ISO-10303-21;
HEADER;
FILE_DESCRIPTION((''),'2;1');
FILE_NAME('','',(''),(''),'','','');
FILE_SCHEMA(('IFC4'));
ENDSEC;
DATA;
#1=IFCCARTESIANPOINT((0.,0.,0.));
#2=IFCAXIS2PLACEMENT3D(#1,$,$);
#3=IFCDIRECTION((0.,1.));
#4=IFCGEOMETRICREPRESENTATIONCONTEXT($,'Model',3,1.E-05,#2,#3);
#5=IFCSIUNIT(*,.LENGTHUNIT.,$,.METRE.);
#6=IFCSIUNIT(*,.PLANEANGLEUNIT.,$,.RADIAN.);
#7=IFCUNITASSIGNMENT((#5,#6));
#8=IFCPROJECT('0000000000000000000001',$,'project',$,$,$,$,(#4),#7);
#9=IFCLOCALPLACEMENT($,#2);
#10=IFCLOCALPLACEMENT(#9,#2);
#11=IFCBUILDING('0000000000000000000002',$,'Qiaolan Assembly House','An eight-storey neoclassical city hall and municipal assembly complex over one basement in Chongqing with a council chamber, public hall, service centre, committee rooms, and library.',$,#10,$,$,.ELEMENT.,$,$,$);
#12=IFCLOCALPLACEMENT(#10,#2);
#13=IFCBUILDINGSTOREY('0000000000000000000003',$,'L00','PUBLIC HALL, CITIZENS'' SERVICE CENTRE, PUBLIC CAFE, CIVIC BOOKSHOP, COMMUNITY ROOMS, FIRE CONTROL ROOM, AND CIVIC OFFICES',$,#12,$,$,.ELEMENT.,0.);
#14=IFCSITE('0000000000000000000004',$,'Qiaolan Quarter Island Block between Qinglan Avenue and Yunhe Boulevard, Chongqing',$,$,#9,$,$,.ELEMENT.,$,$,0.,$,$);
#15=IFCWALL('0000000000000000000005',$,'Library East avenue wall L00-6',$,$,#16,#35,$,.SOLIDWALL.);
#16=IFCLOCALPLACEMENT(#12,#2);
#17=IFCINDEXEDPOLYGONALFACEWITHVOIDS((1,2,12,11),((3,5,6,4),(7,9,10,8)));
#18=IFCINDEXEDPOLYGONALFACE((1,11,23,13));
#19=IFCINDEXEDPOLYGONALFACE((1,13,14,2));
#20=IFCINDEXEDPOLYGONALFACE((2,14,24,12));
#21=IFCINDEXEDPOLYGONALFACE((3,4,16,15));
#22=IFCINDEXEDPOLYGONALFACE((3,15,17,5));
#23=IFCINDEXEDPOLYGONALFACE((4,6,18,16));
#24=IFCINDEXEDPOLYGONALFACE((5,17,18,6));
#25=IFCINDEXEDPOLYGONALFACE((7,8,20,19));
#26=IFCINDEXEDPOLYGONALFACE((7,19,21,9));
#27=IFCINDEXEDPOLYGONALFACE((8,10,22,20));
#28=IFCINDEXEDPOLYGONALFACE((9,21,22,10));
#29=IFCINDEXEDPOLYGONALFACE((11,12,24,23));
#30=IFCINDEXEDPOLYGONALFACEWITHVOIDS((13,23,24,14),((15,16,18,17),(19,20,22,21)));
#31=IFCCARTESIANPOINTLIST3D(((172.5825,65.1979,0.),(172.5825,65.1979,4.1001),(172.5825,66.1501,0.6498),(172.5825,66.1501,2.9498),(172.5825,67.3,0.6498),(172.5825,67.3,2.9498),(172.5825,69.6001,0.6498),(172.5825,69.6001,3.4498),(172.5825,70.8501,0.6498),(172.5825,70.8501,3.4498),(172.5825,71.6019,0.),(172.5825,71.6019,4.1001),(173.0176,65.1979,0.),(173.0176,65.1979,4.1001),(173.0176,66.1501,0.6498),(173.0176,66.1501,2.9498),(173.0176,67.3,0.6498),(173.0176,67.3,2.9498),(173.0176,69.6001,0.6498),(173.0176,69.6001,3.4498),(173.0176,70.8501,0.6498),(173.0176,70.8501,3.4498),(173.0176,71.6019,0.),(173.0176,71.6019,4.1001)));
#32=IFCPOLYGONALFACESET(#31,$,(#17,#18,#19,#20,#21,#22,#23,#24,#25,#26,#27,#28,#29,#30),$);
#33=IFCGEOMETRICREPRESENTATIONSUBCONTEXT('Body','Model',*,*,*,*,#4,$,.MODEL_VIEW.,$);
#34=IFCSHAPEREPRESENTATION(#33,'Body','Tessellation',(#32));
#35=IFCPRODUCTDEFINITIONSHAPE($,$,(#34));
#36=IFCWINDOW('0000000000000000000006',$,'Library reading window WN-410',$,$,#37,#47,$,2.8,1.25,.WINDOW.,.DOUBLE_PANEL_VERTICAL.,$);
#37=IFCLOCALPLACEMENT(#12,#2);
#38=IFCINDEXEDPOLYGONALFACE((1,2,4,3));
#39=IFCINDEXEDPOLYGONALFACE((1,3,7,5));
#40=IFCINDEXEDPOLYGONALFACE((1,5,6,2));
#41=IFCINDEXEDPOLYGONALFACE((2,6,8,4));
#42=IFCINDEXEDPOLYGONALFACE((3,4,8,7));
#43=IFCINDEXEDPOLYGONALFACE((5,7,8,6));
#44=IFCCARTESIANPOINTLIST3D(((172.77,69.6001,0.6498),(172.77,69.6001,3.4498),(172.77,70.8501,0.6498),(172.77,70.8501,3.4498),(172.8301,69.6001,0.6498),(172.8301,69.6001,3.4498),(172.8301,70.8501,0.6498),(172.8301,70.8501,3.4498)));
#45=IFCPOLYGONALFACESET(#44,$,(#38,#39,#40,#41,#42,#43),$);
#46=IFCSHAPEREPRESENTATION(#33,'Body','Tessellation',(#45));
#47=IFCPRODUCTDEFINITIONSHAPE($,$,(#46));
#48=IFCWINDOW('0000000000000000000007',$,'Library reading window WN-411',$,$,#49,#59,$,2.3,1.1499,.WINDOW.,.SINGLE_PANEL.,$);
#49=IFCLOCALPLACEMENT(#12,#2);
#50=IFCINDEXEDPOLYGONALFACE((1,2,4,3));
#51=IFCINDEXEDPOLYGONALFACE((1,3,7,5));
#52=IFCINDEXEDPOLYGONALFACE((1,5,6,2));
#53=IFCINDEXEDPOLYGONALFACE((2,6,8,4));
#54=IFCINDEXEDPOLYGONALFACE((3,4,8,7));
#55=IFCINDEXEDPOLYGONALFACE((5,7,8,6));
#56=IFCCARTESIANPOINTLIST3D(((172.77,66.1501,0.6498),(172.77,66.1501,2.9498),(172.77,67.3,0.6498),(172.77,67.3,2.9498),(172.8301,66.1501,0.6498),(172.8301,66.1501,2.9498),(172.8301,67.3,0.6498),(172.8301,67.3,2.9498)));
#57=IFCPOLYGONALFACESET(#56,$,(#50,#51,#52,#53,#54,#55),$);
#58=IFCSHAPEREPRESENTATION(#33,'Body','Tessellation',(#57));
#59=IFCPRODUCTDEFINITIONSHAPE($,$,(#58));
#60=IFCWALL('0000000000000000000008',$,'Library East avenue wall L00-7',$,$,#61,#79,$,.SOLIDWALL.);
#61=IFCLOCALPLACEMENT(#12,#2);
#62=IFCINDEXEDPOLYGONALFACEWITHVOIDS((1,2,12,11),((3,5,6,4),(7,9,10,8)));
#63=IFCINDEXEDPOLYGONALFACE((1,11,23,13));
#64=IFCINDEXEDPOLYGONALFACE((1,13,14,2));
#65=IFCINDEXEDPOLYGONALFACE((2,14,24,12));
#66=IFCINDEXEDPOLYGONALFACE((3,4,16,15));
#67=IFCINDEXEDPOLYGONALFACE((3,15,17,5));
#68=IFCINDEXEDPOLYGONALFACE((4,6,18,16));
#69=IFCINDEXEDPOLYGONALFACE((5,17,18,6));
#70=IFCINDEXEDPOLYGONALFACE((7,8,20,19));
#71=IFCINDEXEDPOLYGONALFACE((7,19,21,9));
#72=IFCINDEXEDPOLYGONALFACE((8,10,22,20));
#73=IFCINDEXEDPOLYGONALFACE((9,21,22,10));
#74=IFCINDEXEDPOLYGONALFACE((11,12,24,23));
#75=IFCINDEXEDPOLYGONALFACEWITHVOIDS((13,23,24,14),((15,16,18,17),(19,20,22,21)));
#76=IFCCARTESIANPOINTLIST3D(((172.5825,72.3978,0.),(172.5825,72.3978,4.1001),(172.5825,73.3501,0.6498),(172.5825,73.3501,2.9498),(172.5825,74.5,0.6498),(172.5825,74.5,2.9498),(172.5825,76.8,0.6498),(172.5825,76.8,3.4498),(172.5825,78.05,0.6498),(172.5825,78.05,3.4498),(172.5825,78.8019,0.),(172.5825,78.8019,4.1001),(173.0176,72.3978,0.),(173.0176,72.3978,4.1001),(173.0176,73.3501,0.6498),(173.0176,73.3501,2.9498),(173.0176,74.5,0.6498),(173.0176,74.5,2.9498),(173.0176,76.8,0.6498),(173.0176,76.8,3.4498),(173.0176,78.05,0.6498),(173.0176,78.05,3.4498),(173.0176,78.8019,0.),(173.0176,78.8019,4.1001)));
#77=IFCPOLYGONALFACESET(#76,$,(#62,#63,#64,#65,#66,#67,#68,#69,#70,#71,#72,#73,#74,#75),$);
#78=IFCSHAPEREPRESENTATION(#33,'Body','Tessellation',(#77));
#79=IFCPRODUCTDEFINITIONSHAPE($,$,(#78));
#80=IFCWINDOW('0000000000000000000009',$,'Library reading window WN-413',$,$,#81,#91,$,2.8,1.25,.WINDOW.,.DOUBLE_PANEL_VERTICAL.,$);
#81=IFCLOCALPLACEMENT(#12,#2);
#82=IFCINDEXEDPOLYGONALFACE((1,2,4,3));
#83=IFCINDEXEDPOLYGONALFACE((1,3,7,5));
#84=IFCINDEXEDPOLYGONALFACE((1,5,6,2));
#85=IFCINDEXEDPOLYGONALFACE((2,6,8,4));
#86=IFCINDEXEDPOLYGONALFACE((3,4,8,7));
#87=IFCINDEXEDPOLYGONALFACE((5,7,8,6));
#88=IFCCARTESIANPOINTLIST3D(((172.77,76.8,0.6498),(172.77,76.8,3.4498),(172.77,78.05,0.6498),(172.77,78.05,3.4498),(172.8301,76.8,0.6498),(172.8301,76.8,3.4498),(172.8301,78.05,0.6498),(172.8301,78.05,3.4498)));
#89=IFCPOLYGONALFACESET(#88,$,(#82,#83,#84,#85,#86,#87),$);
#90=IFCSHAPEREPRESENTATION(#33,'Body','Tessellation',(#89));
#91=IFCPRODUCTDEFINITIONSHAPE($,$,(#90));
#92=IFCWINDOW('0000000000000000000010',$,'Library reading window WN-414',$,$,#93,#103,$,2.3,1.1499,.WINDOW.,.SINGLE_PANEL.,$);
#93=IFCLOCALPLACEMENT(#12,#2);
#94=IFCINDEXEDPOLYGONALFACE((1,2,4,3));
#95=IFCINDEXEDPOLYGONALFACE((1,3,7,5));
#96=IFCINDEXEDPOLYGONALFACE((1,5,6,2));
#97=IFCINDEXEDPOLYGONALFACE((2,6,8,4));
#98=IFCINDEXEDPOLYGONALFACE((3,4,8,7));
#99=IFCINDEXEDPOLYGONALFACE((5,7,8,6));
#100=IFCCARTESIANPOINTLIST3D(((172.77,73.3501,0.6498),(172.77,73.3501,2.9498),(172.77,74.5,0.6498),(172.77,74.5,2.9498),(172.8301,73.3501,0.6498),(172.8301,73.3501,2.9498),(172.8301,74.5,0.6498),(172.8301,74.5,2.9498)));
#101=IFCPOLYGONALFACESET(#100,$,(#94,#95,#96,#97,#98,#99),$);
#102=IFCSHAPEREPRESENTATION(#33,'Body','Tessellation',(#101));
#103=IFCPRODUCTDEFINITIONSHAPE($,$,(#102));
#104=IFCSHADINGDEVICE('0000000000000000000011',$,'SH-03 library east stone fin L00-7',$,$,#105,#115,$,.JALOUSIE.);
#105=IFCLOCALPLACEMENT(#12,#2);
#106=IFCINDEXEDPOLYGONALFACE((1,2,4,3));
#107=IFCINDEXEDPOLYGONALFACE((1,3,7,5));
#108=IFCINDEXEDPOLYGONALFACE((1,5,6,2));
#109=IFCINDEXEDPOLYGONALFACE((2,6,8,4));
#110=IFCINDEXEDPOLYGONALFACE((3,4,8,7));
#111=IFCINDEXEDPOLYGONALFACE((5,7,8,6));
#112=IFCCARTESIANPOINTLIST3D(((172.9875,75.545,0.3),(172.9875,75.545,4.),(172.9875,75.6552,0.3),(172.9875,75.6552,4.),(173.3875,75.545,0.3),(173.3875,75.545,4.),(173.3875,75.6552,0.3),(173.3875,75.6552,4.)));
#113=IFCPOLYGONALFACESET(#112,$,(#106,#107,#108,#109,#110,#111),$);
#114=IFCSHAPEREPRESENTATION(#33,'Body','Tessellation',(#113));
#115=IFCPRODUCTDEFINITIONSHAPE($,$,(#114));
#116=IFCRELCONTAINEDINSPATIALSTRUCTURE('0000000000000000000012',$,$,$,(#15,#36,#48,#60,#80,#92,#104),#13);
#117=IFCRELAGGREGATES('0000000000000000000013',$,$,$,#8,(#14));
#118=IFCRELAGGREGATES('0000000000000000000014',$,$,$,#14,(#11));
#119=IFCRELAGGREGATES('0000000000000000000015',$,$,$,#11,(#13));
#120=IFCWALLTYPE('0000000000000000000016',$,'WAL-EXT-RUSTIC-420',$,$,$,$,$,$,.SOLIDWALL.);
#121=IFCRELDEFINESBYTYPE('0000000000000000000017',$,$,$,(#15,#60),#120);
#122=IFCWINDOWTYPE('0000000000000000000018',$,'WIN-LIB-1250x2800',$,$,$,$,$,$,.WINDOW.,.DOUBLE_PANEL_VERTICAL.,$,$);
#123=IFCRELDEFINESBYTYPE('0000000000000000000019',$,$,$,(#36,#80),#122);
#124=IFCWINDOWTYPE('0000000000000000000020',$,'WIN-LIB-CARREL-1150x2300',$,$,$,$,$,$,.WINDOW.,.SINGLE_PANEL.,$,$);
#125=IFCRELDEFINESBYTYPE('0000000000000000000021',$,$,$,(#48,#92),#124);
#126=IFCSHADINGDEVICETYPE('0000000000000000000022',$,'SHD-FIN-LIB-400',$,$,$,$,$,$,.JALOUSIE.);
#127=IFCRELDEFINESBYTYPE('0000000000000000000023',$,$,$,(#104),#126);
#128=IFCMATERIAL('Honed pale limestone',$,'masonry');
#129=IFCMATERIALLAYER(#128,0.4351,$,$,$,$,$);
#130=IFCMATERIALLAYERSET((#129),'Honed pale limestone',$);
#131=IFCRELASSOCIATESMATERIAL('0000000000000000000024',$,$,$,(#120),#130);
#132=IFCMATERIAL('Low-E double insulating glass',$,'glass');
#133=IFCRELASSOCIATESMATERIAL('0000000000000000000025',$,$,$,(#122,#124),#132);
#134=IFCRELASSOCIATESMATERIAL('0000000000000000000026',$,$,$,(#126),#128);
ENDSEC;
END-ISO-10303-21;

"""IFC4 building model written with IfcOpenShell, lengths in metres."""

from ifc_helpers import new_model, si_unit, direction, frame, frame_2d, origin, origin_2d, place, context, subcontext, project, spatial, rectangle, extrude, material, layer, layer_set, material_profile, profile_set, type_object, element, fill, save


model = new_model("IFC4")

# Units and contexts
model_context = context("Model", 3, precision=1e-05, world=origin(), true_north=direction((0.0, 1.0)))
body_context = subcontext(model_context, "Body", "Model", "MODEL_VIEW")
ifc_project = project(units=[si_unit("LENGTHUNIT", "METRE"), si_unit("PLANEANGLEUNIT", "RADIAN")], contexts=[model_context])

# Site, building, storey
site_placement = place(None, origin())
site = spatial("IfcSite", under=ifc_project, at=site_placement, Name="Qiaolan Quarter Island Block between Qinglan Avenue and Yunhe Boulevard, Chongqing", CompositionType="ELEMENT", RefElevation=0.0)
building_placement = place(site_placement, origin())
building = spatial("IfcBuilding", under=site, at=building_placement, Name="Qiaolan Assembly House", Description="An eight-storey neoclassical city hall and municipal assembly complex over one basement in Chongqing with a council chamber, public hall, service centre, committee rooms, and library.", CompositionType="ELEMENT")
storey_placement = place(building_placement, origin())
storey = spatial("IfcBuildingStorey", under=building, at=storey_placement, Name="L00", Description="PUBLIC HALL, CITIZENS' SERVICE CENTRE, PUBLIC CAFE, CIVIC BOOKSHOP, COMMUNITY ROOMS, FIRE CONTROL ROOM, AND CIVIC OFFICES", CompositionType="ELEMENT", Elevation=0.0)

# Walls, openings, windows
ifc_material_1 = material(Name="Honed pale limestone", Category="masonry")
ifc_layer = layer(ifc_material_1, 0.4351)
ifc_layer_set = layer_set([ifc_layer], Name="Honed pale limestone")
wall_type = type_object("IfcWallType", Name="WAL-EXT-RUSTIC-420", PredefinedType="SOLIDWALL", material=ifc_layer_set)
wall_1_placement = place(storey_placement, frame((172.8, 71.6021, 0.0), z_axis=(0.0, 0.0, 1.0), x_axis=(0.0, -1.0, 0.0)))
wall_1 = element("IfcWall", 1, at=wall_1_placement, inside=storey, type_object=wall_type, Name="Library East avenue wall L00-6", PredefinedType="SOLIDWALL", context=body_context, shape_type="SweptSolid", body=[
    extrude(rectangle(XDim=6.4041, YDim=0.4351, at=frame_2d((3.2021, 0.0))), origin(), (0.0, 0.0, 1.0), 4.1001),
])
opening_1_placement = place(wall_1_placement, frame((0.752, 0.0, 0.6499)))
opening_1 = element("IfcOpeningElement", 2, at=opening_1_placement, cuts=wall_1, PredefinedType="OPENING", context=body_context, shape_type="SweptSolid", body=[
    extrude(rectangle(XDim=1.25, YDim=2.8, at=frame_2d((0.625, 1.3999))), frame((0.0, 0.2275, 0.0), z_axis=(0.0, -1.0, 0.0), x_axis=(1.0, 0.0, 0.0)), (0.0, 0.0, 1.0), 0.4551),
])
opening_2_placement = place(wall_1_placement, frame((4.302, 0.0, 0.6499)))
opening_2 = element("IfcOpeningElement", 3, at=opening_2_placement, cuts=wall_1, PredefinedType="OPENING", context=body_context, shape_type="SweptSolid", body=[
    extrude(rectangle(XDim=1.1499, YDim=2.3, at=frame_2d((0.575, 1.1499))), frame((0.0, 0.2275, 0.0), z_axis=(0.0, -1.0, 0.0), x_axis=(1.0, 0.0, 0.0)), (0.0, 0.0, 1.0), 0.4551),
])
ifc_material_2 = material(Name="Low-E double insulating glass", Category="glass")
window_type_1 = type_object("IfcWindowType", Name="WIN-LIB-1250x2800", PartitioningType="DOUBLE_PANEL_VERTICAL", PredefinedType="WINDOW", material=ifc_material_2)
window_1_placement = place(opening_1_placement, origin())
window_1 = element("IfcWindow", 4, at=window_1_placement, inside=storey, type_object=window_type_1, Name="Library reading window WN-410", OverallHeight=2.8, OverallWidth=1.25, PartitioningType="DOUBLE_PANEL_VERTICAL", PredefinedType="WINDOW", context=body_context, shape_type="SweptSolid", body=[
    extrude(rectangle(XDim=1.25, YDim=2.8, at=frame_2d((0.625, 1.3999))), frame((0.0, 0.03, 0.0), z_axis=(0.0, -1.0, 0.0), x_axis=(1.0, 0.0, 0.0)), (0.0, 0.0, 1.0), 0.0601),
])
fill(opening_1, window_1)
window_type_2 = type_object("IfcWindowType", Name="WIN-LIB-CARREL-1150x2300", PartitioningType="SINGLE_PANEL", PredefinedType="WINDOW", material=ifc_material_2)
window_2_placement = place(opening_2_placement, origin())
window_2 = element("IfcWindow", 5, at=window_2_placement, inside=storey, type_object=window_type_2, Name="Library reading window WN-411", OverallHeight=2.3, OverallWidth=1.1499, PartitioningType="SINGLE_PANEL", PredefinedType="WINDOW", context=body_context, shape_type="SweptSolid", body=[
    extrude(rectangle(XDim=1.1499, YDim=2.3, at=frame_2d((0.575, 1.1499))), frame((0.0, 0.03, 0.0), z_axis=(0.0, -1.0, 0.0), x_axis=(1.0, 0.0, 0.0)), (0.0, 0.0, 1.0), 0.0601),
])
fill(opening_2, window_2)
wall_2_placement = place(storey_placement, frame((172.8, 78.802, 0.0), z_axis=(0.0, 0.0, 1.0), x_axis=(0.0, -1.0, 0.0)))
wall_2 = element("IfcWall", 6, at=wall_2_placement, inside=storey, type_object=wall_type, Name="Library East avenue wall L00-7", PredefinedType="SOLIDWALL", context=body_context, shape_type="SweptSolid", body=[
    extrude(rectangle(XDim=6.4041, YDim=0.4351, at=frame_2d((3.2021, 0.0))), origin(), (0.0, 0.0, 1.0), 4.1001),
])
opening_3_placement = place(wall_2_placement, frame((0.752, 0.0, 0.6499)))
opening_3 = element("IfcOpeningElement", 7, at=opening_3_placement, cuts=wall_2, PredefinedType="OPENING", context=body_context, shape_type="SweptSolid", body=[
    extrude(rectangle(XDim=1.25, YDim=2.8, at=frame_2d((0.625, 1.3999))), frame((0.0, 0.2275, 0.0), z_axis=(0.0, -1.0, 0.0), x_axis=(1.0, 0.0, 0.0)), (0.0, 0.0, 1.0), 0.4551),
])
opening_4_placement = place(wall_2_placement, frame((4.302, 0.0, 0.6499)))
opening_4 = element("IfcOpeningElement", 8, at=opening_4_placement, cuts=wall_2, PredefinedType="OPENING", context=body_context, shape_type="SweptSolid", body=[
    extrude(rectangle(XDim=1.1499, YDim=2.3, at=frame_2d((0.575, 1.1499))), frame((0.0, 0.2275, 0.0), z_axis=(0.0, -1.0, 0.0), x_axis=(1.0, 0.0, 0.0)), (0.0, 0.0, 1.0), 0.4551),
])
window_3_placement = place(opening_3_placement, origin())
window_3 = element("IfcWindow", 9, at=window_3_placement, inside=storey, type_object=window_type_1, Name="Library reading window WN-413", OverallHeight=2.8, OverallWidth=1.25, PartitioningType="DOUBLE_PANEL_VERTICAL", PredefinedType="WINDOW", context=body_context, shape_type="SweptSolid", body=[
    extrude(rectangle(XDim=1.25, YDim=2.8, at=frame_2d((0.625, 1.3999))), frame((0.0, 0.03, 0.0), z_axis=(0.0, -1.0, 0.0), x_axis=(1.0, 0.0, 0.0)), (0.0, 0.0, 1.0), 0.0601),
])
fill(opening_3, window_3)
window_4_placement = place(opening_4_placement, origin())
window_4 = element("IfcWindow", 10, at=window_4_placement, inside=storey, type_object=window_type_2, Name="Library reading window WN-414", OverallHeight=2.3, OverallWidth=1.1499, PartitioningType="SINGLE_PANEL", PredefinedType="WINDOW", context=body_context, shape_type="SweptSolid", body=[
    extrude(rectangle(XDim=1.1499, YDim=2.3, at=frame_2d((0.575, 1.1499))), frame((0.0, 0.03, 0.0), z_axis=(0.0, -1.0, 0.0), x_axis=(1.0, 0.0, 0.0)), (0.0, 0.0, 1.0), 0.0601),
])
fill(opening_4, window_4)

# Shading device
ifc_material_profile_1 = material_profile(ifc_material_1, rectangle(XDim=0.1101, YDim=0.3999, at=origin_2d()), Name="FIN 110x400")
ifc_profile_set_1 = profile_set([ifc_material_profile_1], Name="Honed pale limestone")
shading_device_type = type_object("IfcShadingDeviceType", Name="SHD-FIN-LIB-400", PredefinedType="JALOUSIE", material=ifc_profile_set_1)
shading_device_placement = place(storey_placement, frame((173.1875, 75.6001, 0.3), z_axis=(0.0, 0.0, 1.0), x_axis=(0.0, 1.0, 0.0)))
element("IfcShadingDevice", 11, at=shading_device_placement, inside=storey, type_object=shading_device_type, Name="SH-03 library east stone fin L00-7", PredefinedType="JALOUSIE", context=body_context, shape_type="SweptSolid", body=[
    extrude(rectangle(XDim=0.1101, YDim=0.3999, at=origin_2d()), origin(), (0.0, 0.0, 1.0), 3.7),
])

save(model, "model.ifc")
